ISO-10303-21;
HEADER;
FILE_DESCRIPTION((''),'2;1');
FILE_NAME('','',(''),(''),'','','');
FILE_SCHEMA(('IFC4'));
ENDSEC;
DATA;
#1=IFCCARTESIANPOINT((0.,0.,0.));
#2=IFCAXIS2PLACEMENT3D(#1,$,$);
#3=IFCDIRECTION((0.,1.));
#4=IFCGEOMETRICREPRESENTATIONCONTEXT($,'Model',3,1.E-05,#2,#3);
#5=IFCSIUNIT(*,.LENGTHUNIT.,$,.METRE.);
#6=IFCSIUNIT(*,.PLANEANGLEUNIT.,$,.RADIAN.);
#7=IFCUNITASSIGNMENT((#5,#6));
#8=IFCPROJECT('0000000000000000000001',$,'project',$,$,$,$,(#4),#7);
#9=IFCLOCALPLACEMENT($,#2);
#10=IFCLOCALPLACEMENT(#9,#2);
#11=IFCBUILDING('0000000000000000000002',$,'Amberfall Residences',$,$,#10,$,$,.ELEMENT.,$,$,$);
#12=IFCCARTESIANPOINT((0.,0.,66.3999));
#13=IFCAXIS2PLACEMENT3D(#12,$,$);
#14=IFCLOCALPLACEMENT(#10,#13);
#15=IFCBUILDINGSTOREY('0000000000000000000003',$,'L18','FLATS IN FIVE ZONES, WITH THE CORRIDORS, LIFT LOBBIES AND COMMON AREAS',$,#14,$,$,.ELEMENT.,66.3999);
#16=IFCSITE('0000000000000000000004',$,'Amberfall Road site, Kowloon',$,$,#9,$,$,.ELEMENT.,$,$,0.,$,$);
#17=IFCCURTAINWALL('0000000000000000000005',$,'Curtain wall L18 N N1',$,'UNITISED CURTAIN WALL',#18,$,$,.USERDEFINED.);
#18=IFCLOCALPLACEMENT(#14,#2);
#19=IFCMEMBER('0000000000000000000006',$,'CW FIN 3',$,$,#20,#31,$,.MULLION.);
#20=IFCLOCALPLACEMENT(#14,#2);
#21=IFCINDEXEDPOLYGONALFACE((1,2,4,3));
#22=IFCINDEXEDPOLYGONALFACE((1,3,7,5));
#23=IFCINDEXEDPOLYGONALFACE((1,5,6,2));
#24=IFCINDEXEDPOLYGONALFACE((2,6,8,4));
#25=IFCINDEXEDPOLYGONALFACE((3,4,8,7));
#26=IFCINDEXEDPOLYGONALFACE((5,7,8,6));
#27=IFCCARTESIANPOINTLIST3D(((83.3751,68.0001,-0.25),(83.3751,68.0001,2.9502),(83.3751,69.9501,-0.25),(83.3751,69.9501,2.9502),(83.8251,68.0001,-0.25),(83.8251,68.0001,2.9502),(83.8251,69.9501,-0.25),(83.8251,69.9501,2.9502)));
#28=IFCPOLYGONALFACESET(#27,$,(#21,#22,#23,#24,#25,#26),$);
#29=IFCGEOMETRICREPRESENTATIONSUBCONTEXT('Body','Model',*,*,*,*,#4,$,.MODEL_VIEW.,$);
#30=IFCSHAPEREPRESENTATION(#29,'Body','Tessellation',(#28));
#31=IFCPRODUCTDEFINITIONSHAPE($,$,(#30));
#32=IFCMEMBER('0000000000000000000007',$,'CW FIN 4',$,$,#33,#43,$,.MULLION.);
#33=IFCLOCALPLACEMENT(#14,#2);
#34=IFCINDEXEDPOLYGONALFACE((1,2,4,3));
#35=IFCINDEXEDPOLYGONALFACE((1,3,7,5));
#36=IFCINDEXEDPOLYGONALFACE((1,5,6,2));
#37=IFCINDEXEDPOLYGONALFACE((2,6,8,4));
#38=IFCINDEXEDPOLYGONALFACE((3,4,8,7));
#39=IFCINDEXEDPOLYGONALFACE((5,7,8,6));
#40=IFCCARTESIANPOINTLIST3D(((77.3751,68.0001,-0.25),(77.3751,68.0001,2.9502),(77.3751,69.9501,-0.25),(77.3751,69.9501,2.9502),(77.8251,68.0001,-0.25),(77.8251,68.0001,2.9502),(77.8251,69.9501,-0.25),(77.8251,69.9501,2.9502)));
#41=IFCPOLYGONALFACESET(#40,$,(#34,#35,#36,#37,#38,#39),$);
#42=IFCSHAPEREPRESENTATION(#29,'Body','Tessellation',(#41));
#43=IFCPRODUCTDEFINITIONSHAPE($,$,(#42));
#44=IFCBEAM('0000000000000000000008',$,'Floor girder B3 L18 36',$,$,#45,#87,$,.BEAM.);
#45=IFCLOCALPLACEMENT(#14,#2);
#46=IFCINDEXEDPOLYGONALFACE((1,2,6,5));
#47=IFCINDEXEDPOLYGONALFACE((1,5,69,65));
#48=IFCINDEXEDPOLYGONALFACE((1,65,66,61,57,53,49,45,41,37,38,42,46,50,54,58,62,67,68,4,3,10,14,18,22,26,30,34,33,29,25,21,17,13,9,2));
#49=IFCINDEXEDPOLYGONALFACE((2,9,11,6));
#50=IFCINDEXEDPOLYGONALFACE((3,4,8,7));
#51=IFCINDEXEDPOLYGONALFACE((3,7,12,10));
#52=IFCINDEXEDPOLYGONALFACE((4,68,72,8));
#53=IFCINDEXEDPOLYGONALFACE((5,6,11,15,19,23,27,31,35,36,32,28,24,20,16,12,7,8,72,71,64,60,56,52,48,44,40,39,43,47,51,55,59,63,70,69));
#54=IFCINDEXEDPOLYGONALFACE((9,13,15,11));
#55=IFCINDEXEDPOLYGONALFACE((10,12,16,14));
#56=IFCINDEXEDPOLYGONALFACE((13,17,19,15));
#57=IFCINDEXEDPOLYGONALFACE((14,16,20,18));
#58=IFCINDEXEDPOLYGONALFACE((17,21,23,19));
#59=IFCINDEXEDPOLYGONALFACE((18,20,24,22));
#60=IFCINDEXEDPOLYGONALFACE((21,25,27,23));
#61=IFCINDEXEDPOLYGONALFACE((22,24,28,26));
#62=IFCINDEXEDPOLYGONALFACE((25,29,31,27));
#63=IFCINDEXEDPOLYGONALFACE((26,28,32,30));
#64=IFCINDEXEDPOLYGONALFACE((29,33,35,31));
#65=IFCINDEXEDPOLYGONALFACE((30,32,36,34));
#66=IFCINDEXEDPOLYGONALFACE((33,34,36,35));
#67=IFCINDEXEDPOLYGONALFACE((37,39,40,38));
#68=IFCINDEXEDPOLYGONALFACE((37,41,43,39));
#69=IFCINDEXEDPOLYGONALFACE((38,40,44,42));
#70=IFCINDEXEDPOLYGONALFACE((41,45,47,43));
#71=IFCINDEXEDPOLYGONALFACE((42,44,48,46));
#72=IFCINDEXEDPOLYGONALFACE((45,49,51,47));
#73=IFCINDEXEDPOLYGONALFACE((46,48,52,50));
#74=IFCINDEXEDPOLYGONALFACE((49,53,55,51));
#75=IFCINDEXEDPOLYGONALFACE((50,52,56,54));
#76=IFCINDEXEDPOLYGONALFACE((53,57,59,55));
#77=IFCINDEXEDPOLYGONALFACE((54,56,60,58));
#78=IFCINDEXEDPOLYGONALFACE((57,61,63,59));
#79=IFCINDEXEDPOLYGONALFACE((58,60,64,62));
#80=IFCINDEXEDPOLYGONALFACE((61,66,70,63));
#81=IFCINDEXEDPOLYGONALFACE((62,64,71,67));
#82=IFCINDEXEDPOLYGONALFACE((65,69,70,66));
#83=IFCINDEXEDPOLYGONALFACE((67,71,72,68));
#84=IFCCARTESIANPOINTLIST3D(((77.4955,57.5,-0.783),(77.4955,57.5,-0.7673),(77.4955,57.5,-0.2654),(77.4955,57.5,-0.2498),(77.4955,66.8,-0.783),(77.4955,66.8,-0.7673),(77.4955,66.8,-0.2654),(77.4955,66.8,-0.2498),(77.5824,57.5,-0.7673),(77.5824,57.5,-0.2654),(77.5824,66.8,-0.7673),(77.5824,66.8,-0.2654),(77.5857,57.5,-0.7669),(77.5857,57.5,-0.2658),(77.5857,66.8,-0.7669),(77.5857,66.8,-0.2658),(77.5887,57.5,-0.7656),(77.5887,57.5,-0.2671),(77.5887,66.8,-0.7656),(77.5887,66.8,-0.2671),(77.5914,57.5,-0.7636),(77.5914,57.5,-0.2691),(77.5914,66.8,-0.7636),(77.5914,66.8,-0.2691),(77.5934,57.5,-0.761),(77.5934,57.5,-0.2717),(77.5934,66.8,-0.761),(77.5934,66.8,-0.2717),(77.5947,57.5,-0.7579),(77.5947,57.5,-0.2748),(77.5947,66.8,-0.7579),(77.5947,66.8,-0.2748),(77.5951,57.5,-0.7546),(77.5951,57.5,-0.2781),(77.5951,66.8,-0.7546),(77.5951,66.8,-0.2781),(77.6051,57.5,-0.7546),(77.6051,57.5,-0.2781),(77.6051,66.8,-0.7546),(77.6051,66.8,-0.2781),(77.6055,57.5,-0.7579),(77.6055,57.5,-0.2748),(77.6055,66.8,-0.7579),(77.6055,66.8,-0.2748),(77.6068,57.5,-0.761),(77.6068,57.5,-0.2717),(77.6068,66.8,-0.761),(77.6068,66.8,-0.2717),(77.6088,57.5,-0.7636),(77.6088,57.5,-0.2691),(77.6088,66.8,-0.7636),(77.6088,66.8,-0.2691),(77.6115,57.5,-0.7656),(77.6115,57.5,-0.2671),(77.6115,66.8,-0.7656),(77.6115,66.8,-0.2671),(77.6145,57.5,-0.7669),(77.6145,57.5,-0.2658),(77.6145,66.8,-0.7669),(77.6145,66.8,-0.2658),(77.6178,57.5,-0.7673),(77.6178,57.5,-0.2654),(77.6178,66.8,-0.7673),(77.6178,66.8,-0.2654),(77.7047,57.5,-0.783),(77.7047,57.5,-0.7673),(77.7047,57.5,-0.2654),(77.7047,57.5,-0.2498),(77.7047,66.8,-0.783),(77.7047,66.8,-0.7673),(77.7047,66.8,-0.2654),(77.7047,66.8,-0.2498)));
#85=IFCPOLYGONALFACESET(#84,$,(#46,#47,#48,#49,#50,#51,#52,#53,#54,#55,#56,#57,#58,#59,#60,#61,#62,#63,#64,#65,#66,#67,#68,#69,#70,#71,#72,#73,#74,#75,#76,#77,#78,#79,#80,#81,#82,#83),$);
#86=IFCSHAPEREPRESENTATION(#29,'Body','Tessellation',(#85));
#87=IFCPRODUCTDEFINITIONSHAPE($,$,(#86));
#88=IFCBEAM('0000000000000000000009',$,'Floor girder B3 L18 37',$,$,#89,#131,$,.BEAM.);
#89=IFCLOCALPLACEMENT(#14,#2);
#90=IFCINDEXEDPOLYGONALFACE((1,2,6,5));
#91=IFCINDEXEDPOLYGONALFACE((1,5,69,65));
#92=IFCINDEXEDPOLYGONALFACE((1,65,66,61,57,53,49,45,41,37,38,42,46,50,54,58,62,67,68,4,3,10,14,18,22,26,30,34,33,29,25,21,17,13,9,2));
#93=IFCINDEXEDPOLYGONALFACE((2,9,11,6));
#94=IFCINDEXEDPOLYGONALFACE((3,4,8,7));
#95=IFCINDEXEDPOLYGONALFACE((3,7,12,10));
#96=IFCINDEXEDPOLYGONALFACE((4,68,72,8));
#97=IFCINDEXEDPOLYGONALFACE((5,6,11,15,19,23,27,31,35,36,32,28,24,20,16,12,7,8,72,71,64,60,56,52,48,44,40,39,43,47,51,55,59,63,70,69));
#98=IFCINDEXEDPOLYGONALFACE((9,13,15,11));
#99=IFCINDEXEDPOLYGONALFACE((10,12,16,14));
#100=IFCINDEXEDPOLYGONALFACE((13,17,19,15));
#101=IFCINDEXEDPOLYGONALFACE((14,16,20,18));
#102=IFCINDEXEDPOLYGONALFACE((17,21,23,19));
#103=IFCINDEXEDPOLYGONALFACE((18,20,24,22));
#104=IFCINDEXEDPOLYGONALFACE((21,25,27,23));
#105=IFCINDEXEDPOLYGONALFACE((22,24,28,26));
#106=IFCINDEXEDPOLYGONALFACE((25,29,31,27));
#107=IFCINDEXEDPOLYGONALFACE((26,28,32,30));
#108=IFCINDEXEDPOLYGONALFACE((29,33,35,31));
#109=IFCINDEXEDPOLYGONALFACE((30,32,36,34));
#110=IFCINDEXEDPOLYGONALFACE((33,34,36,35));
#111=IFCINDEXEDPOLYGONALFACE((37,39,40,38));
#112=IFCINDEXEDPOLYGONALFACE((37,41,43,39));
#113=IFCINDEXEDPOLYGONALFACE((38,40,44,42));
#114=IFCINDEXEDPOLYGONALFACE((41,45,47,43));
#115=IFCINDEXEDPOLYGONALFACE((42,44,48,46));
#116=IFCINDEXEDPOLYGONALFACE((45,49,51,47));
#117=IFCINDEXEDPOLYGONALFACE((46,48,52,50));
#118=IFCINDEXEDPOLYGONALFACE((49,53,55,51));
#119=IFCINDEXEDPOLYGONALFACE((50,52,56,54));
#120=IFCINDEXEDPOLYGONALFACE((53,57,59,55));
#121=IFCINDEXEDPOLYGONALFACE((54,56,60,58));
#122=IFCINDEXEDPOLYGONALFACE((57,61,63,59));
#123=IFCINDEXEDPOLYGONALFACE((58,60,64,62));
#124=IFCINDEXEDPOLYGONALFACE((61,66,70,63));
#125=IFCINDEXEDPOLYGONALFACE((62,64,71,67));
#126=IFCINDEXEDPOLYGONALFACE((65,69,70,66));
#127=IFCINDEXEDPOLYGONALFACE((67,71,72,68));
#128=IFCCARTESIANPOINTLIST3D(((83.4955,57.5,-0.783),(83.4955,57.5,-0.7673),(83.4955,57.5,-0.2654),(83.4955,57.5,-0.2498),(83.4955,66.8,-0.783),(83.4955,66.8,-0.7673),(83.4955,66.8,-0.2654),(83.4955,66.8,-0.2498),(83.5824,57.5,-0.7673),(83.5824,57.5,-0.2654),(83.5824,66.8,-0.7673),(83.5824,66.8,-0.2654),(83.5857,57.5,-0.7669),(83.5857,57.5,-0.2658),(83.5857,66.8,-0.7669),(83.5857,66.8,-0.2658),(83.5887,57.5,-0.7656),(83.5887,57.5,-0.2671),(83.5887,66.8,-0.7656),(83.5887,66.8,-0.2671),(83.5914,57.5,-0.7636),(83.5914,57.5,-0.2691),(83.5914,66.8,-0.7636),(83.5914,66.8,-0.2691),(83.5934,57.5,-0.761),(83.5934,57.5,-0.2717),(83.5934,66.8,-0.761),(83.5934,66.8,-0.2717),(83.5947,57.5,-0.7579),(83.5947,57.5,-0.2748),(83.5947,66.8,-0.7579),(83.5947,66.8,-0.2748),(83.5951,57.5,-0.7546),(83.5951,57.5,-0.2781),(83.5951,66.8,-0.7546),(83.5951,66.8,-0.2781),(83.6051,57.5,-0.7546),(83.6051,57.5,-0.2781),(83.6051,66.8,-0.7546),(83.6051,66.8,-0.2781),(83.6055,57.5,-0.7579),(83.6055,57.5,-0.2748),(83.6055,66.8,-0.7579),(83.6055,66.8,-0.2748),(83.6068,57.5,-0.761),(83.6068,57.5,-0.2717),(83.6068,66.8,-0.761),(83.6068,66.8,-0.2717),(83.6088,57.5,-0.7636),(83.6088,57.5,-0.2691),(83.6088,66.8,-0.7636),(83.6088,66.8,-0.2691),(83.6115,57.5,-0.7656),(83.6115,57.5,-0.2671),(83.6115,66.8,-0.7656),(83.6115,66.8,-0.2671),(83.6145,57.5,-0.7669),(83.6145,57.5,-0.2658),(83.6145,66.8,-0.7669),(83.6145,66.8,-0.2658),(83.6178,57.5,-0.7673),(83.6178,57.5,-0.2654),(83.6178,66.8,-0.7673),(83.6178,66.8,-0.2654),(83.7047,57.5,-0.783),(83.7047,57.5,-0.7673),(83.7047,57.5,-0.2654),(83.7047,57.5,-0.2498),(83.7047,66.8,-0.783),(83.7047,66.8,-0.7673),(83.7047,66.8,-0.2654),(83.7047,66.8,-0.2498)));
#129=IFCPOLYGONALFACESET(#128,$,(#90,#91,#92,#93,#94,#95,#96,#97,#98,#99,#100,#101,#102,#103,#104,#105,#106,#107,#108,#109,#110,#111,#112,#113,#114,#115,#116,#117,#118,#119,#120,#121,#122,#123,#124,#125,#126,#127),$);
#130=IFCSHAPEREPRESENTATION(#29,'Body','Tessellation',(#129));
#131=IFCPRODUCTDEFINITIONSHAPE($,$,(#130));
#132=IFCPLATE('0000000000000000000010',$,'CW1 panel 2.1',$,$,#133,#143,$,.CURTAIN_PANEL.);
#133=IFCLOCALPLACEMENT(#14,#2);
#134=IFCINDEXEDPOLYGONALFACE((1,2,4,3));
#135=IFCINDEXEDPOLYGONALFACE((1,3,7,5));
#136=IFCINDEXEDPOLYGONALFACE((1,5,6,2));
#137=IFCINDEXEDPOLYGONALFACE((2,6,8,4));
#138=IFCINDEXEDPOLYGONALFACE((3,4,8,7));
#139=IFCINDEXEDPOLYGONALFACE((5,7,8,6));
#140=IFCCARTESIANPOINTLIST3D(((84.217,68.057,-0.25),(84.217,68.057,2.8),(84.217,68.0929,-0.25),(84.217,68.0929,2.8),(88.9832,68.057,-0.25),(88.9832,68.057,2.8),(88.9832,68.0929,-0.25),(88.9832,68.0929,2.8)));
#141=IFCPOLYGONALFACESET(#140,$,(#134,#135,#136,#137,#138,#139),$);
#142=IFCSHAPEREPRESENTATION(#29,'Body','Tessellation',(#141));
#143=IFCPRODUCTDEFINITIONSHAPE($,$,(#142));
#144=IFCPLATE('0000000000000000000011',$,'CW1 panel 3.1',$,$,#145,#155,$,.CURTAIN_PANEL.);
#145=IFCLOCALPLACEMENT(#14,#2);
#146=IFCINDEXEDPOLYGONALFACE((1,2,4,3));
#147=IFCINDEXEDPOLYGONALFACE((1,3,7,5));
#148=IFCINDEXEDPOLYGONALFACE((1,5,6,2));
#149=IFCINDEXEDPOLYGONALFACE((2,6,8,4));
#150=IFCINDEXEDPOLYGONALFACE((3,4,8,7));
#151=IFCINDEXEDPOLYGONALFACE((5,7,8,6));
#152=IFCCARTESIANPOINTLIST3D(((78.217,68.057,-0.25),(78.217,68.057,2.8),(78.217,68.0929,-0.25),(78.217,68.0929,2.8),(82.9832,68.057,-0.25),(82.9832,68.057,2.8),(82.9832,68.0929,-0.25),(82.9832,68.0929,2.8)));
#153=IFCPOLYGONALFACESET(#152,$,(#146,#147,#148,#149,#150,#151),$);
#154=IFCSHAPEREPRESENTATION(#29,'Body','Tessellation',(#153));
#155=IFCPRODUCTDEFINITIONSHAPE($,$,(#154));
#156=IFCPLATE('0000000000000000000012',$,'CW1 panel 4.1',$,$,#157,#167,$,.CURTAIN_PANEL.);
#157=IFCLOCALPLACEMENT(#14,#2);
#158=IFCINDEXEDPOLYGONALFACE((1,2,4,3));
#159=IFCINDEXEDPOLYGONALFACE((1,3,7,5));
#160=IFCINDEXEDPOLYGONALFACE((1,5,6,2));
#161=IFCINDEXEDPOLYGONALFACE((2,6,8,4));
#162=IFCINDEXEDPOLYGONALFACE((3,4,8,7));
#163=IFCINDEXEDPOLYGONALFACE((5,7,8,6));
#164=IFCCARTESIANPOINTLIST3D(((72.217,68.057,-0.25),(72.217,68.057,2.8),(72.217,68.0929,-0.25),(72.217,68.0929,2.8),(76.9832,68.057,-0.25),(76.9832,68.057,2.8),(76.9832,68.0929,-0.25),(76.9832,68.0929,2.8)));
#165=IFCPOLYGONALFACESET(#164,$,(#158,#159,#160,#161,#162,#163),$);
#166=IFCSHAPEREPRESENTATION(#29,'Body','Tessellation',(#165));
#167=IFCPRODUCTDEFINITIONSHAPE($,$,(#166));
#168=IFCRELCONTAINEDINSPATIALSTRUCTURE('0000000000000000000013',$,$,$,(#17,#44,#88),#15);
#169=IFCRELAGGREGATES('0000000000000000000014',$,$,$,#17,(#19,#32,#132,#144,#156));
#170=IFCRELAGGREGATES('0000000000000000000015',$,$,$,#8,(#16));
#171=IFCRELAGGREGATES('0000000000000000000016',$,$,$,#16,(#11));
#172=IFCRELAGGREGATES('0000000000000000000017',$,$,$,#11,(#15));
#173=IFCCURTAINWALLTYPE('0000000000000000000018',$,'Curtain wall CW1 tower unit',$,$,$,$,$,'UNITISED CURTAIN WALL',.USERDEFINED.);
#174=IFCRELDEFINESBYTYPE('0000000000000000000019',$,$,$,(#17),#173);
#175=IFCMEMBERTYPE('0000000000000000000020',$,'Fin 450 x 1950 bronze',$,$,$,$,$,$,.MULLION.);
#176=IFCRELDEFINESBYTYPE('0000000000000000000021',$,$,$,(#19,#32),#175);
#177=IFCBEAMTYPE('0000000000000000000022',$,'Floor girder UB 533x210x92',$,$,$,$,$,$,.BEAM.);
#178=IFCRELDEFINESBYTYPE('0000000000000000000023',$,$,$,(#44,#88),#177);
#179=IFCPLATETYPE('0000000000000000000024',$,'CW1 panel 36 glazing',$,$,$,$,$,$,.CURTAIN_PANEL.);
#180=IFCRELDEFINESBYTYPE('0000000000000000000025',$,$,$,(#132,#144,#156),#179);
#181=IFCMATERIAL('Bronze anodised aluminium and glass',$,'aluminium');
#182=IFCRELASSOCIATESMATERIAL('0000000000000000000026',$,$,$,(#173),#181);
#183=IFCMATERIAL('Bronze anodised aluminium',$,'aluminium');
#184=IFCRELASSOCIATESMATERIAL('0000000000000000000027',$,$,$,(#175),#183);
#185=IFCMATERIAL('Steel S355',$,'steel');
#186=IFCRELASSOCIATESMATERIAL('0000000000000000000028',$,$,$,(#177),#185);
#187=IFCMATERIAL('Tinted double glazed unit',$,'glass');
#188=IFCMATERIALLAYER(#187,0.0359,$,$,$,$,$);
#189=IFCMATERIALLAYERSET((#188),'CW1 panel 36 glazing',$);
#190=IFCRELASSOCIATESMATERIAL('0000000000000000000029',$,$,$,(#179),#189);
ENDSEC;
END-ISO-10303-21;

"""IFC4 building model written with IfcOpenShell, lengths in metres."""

from ifc_helpers import new_model, si_unit, direction, frame, origin, origin_2d, place, context, subcontext, project, spatial, rectangle, i_section, extrude, material, layer, layer_set, material_profile, profile_set, type_object, element, aggregate, save


model = new_model("IFC4")

# Units and contexts
model_context = context("Model", 3, precision=1e-05, world=origin(), true_north=direction((0.0, 1.0)))
body_context = subcontext(model_context, "Body", "Model", "MODEL_VIEW")
ifc_project = project(units=[si_unit("LENGTHUNIT", "METRE"), si_unit("PLANEANGLEUNIT", "RADIAN")], contexts=[model_context])

# Site, building, storey
site_placement = place(None, origin())
site = spatial("IfcSite", under=ifc_project, at=site_placement, Name="Amberfall Road site, Kowloon", CompositionType="ELEMENT", RefElevation=0.0)
building_placement = place(site_placement, origin())
building = spatial("IfcBuilding", under=site, at=building_placement, Name="Amberfall Residences", CompositionType="ELEMENT")
storey_placement = place(building_placement, frame((0.0, 0.0, 66.3999)))
storey = spatial("IfcBuildingStorey", under=building, at=storey_placement, Name="L18", Description="FLATS IN FIVE ZONES, WITH THE CORRIDORS, LIFT LOBBIES AND COMMON AREAS", CompositionType="ELEMENT", Elevation=66.3999)

# Curtain wall
ifc_material_1 = material(Name="Bronze anodised aluminium and glass", Category="aluminium")
curtain_wall_type = type_object("IfcCurtainWallType", Name="Curtain wall CW1 tower unit", ElementType="UNITISED CURTAIN WALL", PredefinedType="USERDEFINED", material=ifc_material_1)
curtain_wall_placement = place(storey_placement, origin())
curtain_wall = element("IfcCurtainWall", 1, at=curtain_wall_placement, inside=storey, type_object=curtain_wall_type, Name="Curtain wall L18 N N1", ObjectType="UNITISED CURTAIN WALL", PredefinedType="USERDEFINED")
ifc_material_2 = material(Name="Bronze anodised aluminium", Category="aluminium")

# Shared definitions
ifc_material_3 = material(Name="Steel S355", Category="steel")

# Members
ifc_material_profile_1 = material_profile(ifc_material_2, rectangle(XDim=1.95, YDim=0.45, at=origin_2d()), Name="Fin 450 x 1950 bronze")
ifc_profile_set_1 = profile_set([ifc_material_profile_1], Name="Bronze anodised aluminium")
member_type_1 = type_object("IfcMemberType", Name="Fin 450 x 1950 bronze", PredefinedType="MULLION", material=ifc_profile_set_1)
member_1_placement = place(storey_placement, frame((83.6001, 68.9751, -0.25), z_axis=(0.0, 0.0, 1.0), x_axis=(0.0, -1.0, 0.0)))
member_1 = element("IfcMember", 2, at=member_1_placement, type_object=member_type_1, Name="CW FIN 3", PredefinedType="MULLION", context=body_context, shape_type="SweptSolid", body=[
    extrude(rectangle(XDim=1.95, YDim=0.45, at=origin_2d()), origin(), (0.0, 0.0, 1.0), 3.2002),
])
member_2_placement = place(storey_placement, frame((77.6001, 68.9751, -0.25), z_axis=(0.0, 0.0, 1.0), x_axis=(0.0, -1.0, 0.0)))
member_2 = element("IfcMember", 3, at=member_2_placement, type_object=member_type_1, Name="CW FIN 4", PredefinedType="MULLION", context=body_context, shape_type="SweptSolid", body=[
    extrude(rectangle(XDim=1.95, YDim=0.45, at=origin_2d()), origin(), (0.0, 0.0, 1.0), 3.2002),
])

# Beams
ifc_material_profile_2 = material_profile(ifc_material_3, i_section(OverallWidth=0.2092, OverallDepth=0.5332, WebThickness=0.01, FlangeThickness=0.0156, FilletRadius=0.0127, at=origin_2d()), Name="UB 533x210x92")
ifc_profile_set_2 = profile_set([ifc_material_profile_2], Name="Steel S355")
beam_type_1 = type_object("IfcBeamType", Name="Floor girder UB 533x210x92", PredefinedType="BEAM", material=ifc_profile_set_2)
for number, where, z_axis, x_axis, name in (
    (4, (77.6001, 66.8, -0.5164), (0.0, -1.0, 0.0), (1.0, 0.0, 0.0), "Floor girder B3 L18 36"),
    (5, (83.6001, 66.8, -0.5164), (0.0, -1.0, 0.0), (1.0, 0.0, 0.0), "Floor girder B3 L18 37"),
):
    element("IfcBeam", number, at=place(storey_placement, frame(where, z_axis=z_axis, x_axis=x_axis)), inside=storey, type_object=beam_type_1, Name=name, PredefinedType="BEAM", context=body_context, shape_type="SweptSolid", body=[
        extrude(i_section(OverallWidth=0.2092, OverallDepth=0.5332, WebThickness=0.01, FlangeThickness=0.0156, FilletRadius=0.0127, at=origin_2d()), origin(), (0.0, 0.0, 1.0), 9.3),
    ])

# Plates
ifc_material_4 = material(Name="Tinted double glazed unit", Category="glass")
ifc_layer_1 = layer(ifc_material_4, 0.0359)
ifc_layer_set_1 = layer_set([ifc_layer_1], Name="CW1 panel 36 glazing")
plate_type = type_object("IfcPlateType", Name="CW1 panel 36 glazing", PredefinedType="CURTAIN_PANEL", material=ifc_layer_set_1)
plate_1_placement = place(storey_placement, frame((86.6001, 68.075, -0.25), z_axis=(0.0, 0.0, 1.0), x_axis=(-1.0, 0.0, 0.0)))
plate_1 = element("IfcPlate", 6, at=plate_1_placement, type_object=plate_type, Name="CW1 panel 2.1", PredefinedType="CURTAIN_PANEL", context=body_context, shape_type="SweptSolid", body=[
    extrude(rectangle(XDim=4.7661, YDim=0.0359, at=origin_2d()), origin(), (0.0, 0.0, 1.0), 3.05),
])
plate_2_placement = place(storey_placement, frame((80.6001, 68.075, -0.25), z_axis=(0.0, 0.0, 1.0), x_axis=(-1.0, 0.0, 0.0)))
plate_2 = element("IfcPlate", 7, at=plate_2_placement, type_object=plate_type, Name="CW1 panel 3.1", PredefinedType="CURTAIN_PANEL", context=body_context, shape_type="SweptSolid", body=[
    extrude(rectangle(XDim=4.7661, YDim=0.0359, at=origin_2d()), origin(), (0.0, 0.0, 1.0), 3.05),
])
plate_3_placement = place(storey_placement, frame((74.6001, 68.075, -0.25), z_axis=(0.0, 0.0, 1.0), x_axis=(-1.0, 0.0, 0.0)))
plate_3 = element("IfcPlate", 8, at=plate_3_placement, type_object=plate_type, Name="CW1 panel 4.1", PredefinedType="CURTAIN_PANEL", context=body_context, shape_type="SweptSolid", body=[
    extrude(rectangle(XDim=4.7661, YDim=0.0359, at=origin_2d()), origin(), (0.0, 0.0, 1.0), 3.05),
])
aggregate(curtain_wall, [member_1, member_2, plate_1, plate_2, plate_3])

save(model, "model.ifc")
